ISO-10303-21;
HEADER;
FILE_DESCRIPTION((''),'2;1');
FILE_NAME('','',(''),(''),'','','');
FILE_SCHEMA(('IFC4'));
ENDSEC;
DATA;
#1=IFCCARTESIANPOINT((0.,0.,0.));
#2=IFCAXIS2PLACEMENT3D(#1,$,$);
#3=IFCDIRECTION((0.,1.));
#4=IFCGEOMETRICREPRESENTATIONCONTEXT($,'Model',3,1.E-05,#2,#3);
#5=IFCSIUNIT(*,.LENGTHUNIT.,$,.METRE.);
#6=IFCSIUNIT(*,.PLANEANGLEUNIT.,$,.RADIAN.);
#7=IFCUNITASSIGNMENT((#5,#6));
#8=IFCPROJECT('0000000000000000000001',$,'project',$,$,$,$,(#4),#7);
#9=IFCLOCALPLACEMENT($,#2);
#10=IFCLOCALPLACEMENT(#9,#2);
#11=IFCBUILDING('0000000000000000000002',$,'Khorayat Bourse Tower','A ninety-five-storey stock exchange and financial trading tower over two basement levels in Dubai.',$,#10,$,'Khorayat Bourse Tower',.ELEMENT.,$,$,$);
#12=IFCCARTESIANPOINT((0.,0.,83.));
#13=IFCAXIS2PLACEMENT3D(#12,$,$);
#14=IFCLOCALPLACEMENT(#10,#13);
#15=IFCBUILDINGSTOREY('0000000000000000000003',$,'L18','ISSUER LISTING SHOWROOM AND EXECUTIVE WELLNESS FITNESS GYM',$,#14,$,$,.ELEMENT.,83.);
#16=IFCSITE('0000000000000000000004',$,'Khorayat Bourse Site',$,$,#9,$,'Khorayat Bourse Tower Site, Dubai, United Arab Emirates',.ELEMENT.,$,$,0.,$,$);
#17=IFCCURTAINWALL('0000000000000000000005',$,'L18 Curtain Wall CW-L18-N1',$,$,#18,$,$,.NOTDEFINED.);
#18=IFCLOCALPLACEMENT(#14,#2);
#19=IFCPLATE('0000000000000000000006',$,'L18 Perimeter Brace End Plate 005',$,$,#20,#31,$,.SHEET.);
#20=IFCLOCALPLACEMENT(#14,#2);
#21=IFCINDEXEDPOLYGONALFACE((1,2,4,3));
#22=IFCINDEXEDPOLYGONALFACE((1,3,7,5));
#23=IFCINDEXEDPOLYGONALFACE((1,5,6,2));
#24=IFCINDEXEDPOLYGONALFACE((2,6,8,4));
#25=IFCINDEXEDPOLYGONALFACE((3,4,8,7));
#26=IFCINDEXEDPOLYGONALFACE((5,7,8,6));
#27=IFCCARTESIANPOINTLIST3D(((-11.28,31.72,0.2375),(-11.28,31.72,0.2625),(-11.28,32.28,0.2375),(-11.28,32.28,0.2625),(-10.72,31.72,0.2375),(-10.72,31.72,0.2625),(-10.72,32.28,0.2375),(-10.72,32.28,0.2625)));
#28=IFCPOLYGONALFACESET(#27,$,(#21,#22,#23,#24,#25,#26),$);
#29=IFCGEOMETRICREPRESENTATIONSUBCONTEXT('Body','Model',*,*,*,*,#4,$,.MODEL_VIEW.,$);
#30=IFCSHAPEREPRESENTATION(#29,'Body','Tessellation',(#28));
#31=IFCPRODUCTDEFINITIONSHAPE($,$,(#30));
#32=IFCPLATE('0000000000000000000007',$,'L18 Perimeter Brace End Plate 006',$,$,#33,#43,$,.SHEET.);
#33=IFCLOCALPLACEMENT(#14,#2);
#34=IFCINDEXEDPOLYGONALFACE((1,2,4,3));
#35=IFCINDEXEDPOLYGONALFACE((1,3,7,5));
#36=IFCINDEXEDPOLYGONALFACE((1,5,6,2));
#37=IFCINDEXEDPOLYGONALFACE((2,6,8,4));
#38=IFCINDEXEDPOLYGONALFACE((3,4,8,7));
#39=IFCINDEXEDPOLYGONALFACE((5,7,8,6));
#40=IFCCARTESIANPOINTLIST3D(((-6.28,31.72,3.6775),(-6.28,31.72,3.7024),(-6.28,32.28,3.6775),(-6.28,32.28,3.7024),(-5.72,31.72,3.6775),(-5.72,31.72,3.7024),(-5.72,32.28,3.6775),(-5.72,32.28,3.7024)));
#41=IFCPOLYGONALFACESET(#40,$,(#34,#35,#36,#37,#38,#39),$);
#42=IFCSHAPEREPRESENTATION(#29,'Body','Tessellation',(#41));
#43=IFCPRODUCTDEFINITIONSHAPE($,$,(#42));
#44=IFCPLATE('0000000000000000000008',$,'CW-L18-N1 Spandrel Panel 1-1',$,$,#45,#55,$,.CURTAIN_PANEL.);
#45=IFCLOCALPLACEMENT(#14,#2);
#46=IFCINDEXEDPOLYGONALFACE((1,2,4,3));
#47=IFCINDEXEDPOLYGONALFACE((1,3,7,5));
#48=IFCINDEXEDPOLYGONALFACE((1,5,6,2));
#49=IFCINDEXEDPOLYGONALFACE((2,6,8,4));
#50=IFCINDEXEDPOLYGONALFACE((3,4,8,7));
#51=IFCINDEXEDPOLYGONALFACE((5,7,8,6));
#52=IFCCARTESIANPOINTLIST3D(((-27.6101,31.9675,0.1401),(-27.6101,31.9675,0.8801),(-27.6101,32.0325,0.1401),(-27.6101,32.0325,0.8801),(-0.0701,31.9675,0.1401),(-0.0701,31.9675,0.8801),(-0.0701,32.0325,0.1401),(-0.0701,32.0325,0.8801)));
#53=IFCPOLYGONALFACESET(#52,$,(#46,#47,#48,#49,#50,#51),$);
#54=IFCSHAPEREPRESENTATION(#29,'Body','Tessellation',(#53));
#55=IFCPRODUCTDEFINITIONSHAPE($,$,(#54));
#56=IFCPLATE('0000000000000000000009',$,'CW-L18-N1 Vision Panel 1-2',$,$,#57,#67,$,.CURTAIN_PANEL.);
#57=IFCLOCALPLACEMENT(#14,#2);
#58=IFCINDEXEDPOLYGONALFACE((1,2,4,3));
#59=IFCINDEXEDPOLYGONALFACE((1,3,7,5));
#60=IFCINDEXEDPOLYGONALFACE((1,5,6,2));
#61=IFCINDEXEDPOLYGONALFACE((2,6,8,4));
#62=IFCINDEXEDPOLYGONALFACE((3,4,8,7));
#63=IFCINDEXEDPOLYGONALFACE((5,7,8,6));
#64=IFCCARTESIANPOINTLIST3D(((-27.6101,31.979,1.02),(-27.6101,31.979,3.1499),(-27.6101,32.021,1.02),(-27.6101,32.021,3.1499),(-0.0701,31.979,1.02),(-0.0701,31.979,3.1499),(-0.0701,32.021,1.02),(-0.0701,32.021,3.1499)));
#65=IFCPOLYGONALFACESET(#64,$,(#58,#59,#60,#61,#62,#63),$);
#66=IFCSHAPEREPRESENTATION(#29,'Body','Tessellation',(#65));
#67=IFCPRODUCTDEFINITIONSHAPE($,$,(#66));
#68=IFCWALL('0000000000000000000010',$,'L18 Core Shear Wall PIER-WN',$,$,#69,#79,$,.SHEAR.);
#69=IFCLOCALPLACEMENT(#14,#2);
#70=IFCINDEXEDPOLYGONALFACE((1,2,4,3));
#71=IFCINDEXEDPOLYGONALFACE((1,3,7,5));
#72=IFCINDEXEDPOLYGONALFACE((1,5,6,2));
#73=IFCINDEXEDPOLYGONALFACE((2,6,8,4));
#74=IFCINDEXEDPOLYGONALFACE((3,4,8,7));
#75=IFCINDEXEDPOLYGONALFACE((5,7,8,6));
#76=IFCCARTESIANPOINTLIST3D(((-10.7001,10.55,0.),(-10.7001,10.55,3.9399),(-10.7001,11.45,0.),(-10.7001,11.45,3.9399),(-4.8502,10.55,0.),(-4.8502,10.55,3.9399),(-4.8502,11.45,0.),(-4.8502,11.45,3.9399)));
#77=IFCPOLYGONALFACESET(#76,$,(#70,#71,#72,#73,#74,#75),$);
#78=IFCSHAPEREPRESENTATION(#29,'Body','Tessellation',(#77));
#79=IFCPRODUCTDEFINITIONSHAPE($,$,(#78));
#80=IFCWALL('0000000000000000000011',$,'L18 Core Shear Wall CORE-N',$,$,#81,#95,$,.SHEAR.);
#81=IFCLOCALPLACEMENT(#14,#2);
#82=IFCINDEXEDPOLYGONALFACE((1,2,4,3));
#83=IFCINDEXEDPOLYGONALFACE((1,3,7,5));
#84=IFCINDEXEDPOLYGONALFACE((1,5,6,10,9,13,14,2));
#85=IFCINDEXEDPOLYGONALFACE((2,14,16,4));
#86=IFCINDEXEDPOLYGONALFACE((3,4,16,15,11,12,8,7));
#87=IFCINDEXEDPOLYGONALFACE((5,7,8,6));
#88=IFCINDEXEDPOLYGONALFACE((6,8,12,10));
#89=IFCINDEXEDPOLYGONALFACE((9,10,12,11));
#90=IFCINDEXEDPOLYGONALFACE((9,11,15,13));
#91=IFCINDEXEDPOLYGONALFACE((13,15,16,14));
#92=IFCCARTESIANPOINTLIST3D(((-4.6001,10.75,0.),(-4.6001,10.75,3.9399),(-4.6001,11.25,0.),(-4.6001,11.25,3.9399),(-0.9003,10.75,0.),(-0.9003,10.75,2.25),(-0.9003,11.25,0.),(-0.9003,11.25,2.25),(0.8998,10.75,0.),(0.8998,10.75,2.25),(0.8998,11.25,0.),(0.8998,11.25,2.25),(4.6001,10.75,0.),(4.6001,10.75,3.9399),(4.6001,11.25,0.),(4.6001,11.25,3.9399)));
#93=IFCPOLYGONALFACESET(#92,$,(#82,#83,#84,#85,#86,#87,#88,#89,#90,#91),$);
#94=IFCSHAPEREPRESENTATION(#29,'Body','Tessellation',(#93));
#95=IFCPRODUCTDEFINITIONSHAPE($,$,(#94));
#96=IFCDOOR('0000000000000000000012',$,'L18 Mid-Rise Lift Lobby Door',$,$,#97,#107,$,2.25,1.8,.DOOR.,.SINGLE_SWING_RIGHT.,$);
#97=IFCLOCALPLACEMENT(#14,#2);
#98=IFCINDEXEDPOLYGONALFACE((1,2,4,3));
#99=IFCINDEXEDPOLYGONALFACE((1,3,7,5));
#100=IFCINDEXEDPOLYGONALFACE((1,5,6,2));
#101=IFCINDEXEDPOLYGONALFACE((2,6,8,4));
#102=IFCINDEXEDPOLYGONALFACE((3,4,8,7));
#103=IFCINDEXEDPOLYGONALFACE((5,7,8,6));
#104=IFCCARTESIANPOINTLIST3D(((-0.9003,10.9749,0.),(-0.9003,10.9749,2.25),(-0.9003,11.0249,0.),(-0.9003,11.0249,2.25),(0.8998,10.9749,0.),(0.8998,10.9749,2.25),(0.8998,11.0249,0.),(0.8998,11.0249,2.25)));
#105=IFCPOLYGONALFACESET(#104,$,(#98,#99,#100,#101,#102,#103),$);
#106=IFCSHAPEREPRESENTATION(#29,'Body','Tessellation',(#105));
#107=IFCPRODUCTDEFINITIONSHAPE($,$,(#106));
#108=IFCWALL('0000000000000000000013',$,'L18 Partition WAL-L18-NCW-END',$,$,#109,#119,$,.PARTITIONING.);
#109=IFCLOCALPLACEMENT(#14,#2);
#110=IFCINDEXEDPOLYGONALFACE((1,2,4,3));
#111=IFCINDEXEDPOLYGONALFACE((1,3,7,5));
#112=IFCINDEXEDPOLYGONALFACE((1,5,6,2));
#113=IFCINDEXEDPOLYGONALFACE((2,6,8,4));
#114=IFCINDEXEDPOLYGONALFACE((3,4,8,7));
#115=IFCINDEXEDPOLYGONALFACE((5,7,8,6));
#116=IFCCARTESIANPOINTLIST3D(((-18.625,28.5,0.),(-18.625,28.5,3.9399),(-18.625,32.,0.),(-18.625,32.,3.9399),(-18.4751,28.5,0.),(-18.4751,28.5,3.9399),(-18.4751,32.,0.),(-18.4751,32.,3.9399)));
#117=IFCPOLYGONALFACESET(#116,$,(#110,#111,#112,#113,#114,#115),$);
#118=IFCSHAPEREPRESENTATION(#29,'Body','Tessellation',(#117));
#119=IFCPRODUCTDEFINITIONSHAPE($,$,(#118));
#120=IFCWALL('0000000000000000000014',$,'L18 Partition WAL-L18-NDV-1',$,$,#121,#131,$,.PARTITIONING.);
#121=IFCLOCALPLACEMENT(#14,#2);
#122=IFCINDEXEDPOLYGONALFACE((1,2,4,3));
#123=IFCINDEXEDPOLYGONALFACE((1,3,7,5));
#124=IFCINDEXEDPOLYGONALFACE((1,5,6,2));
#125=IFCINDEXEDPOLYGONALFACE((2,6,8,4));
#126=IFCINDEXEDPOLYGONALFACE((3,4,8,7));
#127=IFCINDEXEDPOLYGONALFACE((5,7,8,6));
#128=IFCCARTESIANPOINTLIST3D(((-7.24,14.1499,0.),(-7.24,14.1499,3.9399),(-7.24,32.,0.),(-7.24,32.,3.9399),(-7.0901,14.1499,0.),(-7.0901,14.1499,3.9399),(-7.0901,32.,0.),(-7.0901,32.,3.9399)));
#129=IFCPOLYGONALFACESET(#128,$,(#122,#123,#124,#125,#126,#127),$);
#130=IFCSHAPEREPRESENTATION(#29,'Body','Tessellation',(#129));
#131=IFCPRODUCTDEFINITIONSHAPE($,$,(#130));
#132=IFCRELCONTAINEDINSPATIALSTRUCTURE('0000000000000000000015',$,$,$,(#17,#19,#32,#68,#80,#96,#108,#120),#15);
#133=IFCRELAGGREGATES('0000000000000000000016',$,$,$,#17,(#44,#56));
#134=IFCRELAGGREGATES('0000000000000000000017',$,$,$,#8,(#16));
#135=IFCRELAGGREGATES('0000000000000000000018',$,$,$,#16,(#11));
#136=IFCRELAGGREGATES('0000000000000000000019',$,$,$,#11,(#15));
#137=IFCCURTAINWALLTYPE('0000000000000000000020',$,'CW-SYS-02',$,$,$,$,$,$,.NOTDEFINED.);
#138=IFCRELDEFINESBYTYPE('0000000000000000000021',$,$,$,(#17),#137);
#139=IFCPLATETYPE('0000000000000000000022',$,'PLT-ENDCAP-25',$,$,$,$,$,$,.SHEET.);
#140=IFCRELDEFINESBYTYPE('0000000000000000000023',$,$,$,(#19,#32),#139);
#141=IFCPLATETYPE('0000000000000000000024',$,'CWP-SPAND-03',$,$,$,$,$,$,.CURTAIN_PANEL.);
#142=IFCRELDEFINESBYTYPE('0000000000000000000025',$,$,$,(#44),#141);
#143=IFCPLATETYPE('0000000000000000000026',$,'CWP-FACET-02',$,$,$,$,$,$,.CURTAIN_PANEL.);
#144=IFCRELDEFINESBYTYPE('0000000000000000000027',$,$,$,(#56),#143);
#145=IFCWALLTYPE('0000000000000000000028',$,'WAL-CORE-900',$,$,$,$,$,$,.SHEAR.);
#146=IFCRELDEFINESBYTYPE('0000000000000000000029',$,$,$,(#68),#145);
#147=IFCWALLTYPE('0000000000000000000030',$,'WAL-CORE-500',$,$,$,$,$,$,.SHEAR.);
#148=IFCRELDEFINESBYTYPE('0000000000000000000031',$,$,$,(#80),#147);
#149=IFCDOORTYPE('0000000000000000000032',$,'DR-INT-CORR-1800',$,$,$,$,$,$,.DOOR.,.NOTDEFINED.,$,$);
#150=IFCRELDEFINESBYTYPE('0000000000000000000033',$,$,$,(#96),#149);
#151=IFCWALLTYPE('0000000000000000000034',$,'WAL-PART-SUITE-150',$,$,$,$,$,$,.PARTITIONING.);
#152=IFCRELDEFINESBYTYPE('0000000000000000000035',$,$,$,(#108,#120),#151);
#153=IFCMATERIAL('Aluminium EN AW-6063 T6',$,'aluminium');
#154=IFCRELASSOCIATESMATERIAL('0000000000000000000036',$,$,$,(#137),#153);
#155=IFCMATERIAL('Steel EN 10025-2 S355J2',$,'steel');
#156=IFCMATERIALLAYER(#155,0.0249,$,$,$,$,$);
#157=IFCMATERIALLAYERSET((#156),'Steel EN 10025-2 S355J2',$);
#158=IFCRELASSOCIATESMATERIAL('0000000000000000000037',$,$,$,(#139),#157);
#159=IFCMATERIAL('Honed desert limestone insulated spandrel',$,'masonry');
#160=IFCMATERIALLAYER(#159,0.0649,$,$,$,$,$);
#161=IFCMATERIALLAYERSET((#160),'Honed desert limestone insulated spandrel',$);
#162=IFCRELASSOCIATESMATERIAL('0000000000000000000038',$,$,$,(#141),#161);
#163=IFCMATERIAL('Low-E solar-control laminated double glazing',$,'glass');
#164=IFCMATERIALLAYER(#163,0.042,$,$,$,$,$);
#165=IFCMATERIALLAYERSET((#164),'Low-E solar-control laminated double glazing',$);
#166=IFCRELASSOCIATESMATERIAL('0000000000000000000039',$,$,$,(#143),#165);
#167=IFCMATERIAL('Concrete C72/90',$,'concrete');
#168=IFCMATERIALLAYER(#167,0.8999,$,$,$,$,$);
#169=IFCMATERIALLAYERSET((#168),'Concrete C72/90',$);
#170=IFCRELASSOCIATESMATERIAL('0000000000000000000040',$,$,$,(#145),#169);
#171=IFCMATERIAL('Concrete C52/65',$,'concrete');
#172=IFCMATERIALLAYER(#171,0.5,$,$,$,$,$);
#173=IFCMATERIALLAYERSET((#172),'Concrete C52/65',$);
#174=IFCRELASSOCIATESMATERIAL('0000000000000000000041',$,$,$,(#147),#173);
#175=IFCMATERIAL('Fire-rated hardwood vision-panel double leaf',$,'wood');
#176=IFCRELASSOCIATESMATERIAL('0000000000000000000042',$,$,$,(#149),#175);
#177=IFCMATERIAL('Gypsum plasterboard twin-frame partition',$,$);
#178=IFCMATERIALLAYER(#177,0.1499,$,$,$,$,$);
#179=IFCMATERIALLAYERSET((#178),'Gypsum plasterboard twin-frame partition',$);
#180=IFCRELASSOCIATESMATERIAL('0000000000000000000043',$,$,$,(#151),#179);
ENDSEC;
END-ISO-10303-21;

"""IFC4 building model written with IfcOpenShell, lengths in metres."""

from ifc_helpers import new_model, si_unit, direction, frame, frame_2d, origin, origin_2d, place, context, subcontext, project, spatial, rectangle, extrude, source, transform, mapped, material, layer, layer_set, type_object, element, fill, aggregate, save


model = new_model("IFC4")

# Units and contexts
model_context = context("Model", 3, precision=1e-05, world=origin(), true_north=direction((0.0, 1.0)))
body_context = subcontext(model_context, "Body", "Model", "MODEL_VIEW")
ifc_project = project(units=[si_unit("LENGTHUNIT", "METRE"), si_unit("PLANEANGLEUNIT", "RADIAN")], contexts=[model_context])

# Site, building, storey
site_placement = place(None, origin())
site = spatial("IfcSite", under=ifc_project, at=site_placement, Name="Khorayat Bourse Site", LongName="Khorayat Bourse Tower Site, Dubai, United Arab Emirates", CompositionType="ELEMENT", RefElevation=0.0)
building_placement = place(site_placement, origin())
building = spatial("IfcBuilding", under=site, at=building_placement, Name="Khorayat Bourse Tower", Description="A ninety-five-storey stock exchange and financial trading tower over two basement levels in Dubai.", LongName="Khorayat Bourse Tower", CompositionType="ELEMENT")
storey_placement = place(building_placement, frame((0.0, 0.0, 83.0)))
storey = spatial("IfcBuildingStorey", under=building, at=storey_placement, Name="L18", Description="ISSUER LISTING SHOWROOM AND EXECUTIVE WELLNESS FITNESS GYM", CompositionType="ELEMENT", Elevation=83.0)

# Shared definitions
ifc_material_1 = material(Name="Concrete C72/90", Category="concrete")

# Curtain wall
ifc_material_2 = material(Name="Aluminium EN AW-6063 T6", Category="aluminium")
curtain_wall_type = type_object("IfcCurtainWallType", Name="CW-SYS-02", PredefinedType="NOTDEFINED", material=ifc_material_2)
curtain_wall_placement = place(storey_placement, origin())
curtain_wall = element("IfcCurtainWall", 1, at=curtain_wall_placement, inside=storey, type_object=curtain_wall_type, Name="L18 Curtain Wall CW-L18-N1", PredefinedType="NOTDEFINED")

# Plates
ifc_material_3 = material(Name="Steel EN 10025-2 S355J2", Category="steel")
ifc_layer_1 = layer(ifc_material_3, 0.0249)
ifc_layer_set_1 = layer_set([ifc_layer_1], Name="Steel EN 10025-2 S355J2")
plate_type_1 = type_object("IfcPlateType", Name="PLT-ENDCAP-25", PredefinedType="SHEET", material=ifc_layer_set_1)
shared_shape_1 = source(origin(), body_context, "Body", "SweptSolid", [
    extrude(rectangle(XDim=0.5601, YDim=0.5601, at=origin_2d()), origin(), (0.0, 0.0, 1.0), 0.0249),
])
for number, where, z_axis, x_axis, name in (
    (2, (-11.0, 32.0, 0.2375), (0.0, 0.0, 1.0), (1.0, 0.0, 0.0), "L18 Perimeter Brace End Plate 005"),
    (3, (-6.0, 32.0, 3.6775), (0.0, 0.0, 1.0), (1.0, 0.0, 0.0), "L18 Perimeter Brace End Plate 006"),
):
    element("IfcPlate", number, at=place(storey_placement, frame(where, z_axis=z_axis, x_axis=x_axis)), inside=storey, type_object=plate_type_1, Name=name, PredefinedType="SHEET", context=body_context, shape_type="MappedRepresentation", body=[
        mapped(shared_shape_1, transform((0.0, 0.0, 0.0), scale=1.0)),
    ])

# Plates
ifc_material_4 = material(Name="Honed desert limestone insulated spandrel", Category="masonry")
ifc_layer_2 = layer(ifc_material_4, 0.0649)
ifc_layer_set_2 = layer_set([ifc_layer_2], Name="Honed desert limestone insulated spandrel")
plate_type_2 = type_object("IfcPlateType", Name="CWP-SPAND-03", PredefinedType="CURTAIN_PANEL", material=ifc_layer_set_2)
shared_shape_2 = source(origin(), body_context, "Body", "SweptSolid", [
    extrude(rectangle(XDim=27.54, YDim=0.0649, at=origin_2d()), origin(), (0.0, 0.0, 1.0), 0.74),
])
plate_1_placement = place(storey_placement, frame((-13.8401, 32.0, 0.1401), z_axis=(0.0, 0.0, 1.0), x_axis=(1.0, 0.0, 0.0)))
plate_1 = element("IfcPlate", 4, at=plate_1_placement, type_object=plate_type_2, Name="CW-L18-N1 Spandrel Panel 1-1", PredefinedType="CURTAIN_PANEL", context=body_context, shape_type="MappedRepresentation", body=[
    mapped(shared_shape_2, transform((0.0, 0.0, 0.0), scale=1.0)),
])
ifc_material_5 = material(Name="Low-E solar-control laminated double glazing", Category="glass")
ifc_layer_3 = layer(ifc_material_5, 0.042)
ifc_layer_set_3 = layer_set([ifc_layer_3], Name="Low-E solar-control laminated double glazing")
plate_type_3 = type_object("IfcPlateType", Name="CWP-FACET-02", PredefinedType="CURTAIN_PANEL", material=ifc_layer_set_3)
shared_shape_3 = source(origin(), body_context, "Body", "SweptSolid", [
    extrude(rectangle(XDim=27.54, YDim=0.042, at=origin_2d()), origin(), (0.0, 0.0, 1.0), 2.1299),
])
plate_2_placement = place(storey_placement, frame((-13.8401, 32.0, 1.02), z_axis=(0.0, 0.0, 1.0), x_axis=(1.0, 0.0, 0.0)))
plate_2 = element("IfcPlate", 5, at=plate_2_placement, type_object=plate_type_3, Name="CW-L18-N1 Vision Panel 1-2", PredefinedType="CURTAIN_PANEL", context=body_context, shape_type="MappedRepresentation", body=[
    mapped(shared_shape_3, transform((0.0, 0.0, 0.0), scale=1.0)),
])
aggregate(curtain_wall, [plate_1, plate_2])

# Wall
ifc_layer_4 = layer(ifc_material_1, 0.8999)
ifc_layer_set_4 = layer_set([ifc_layer_4], Name="Concrete C72/90")
wall_type_1 = type_object("IfcWallType", Name="WAL-CORE-900", PredefinedType="SHEAR", material=ifc_layer_set_4)
shared_shape_4 = source(origin(), body_context, "Body", "SweptSolid", [
    extrude(rectangle(XDim=5.8499, YDim=0.8999, at=frame_2d((2.9248, 0.0))), origin(), (0.0, 0.0, 1.0), 3.9399),
])
wall_1_placement = place(storey_placement, frame((-10.7, 11.0, 0.0), z_axis=(0.0, 0.0, 1.0), x_axis=(1.0, 0.0, 0.0)))
element("IfcWall", 6, at=wall_1_placement, inside=storey, type_object=wall_type_1, Name="L18 Core Shear Wall PIER-WN", PredefinedType="SHEAR", context=body_context, shape_type="MappedRepresentation", body=[
    mapped(shared_shape_4, transform((0.0, 0.0, 0.0), scale=1.0)),
])

# Wall, opening, door
ifc_material_6 = material(Name="Concrete C52/65", Category="concrete")
ifc_layer_5 = layer(ifc_material_6, 0.5)
ifc_layer_set_5 = layer_set([ifc_layer_5], Name="Concrete C52/65")
wall_type_2 = type_object("IfcWallType", Name="WAL-CORE-500", PredefinedType="SHEAR", material=ifc_layer_set_5)
shared_shape_5 = source(origin(), body_context, "Body", "SweptSolid", [
    extrude(rectangle(XDim=9.2002, YDim=0.5, at=frame_2d((4.6001, 0.0))), origin(), (0.0, 0.0, 1.0), 3.9399),
])
wall_2_placement = place(storey_placement, frame((-4.6001, 11.0, 0.0), z_axis=(0.0, 0.0, 1.0), x_axis=(1.0, 0.0, 0.0)))
wall_2 = element("IfcWall", 7, at=wall_2_placement, inside=storey, type_object=wall_type_2, Name="L18 Core Shear Wall CORE-N", PredefinedType="SHEAR", context=body_context, shape_type="MappedRepresentation", body=[
    mapped(shared_shape_5, transform((0.0, 0.0, 0.0), scale=1.0)),
])
shared_shape_6 = source(origin(), body_context, "Body", "SweptSolid", [
    extrude(rectangle(XDim=1.8, YDim=2.25, at=frame_2d((0.8999, 1.125))), frame((0.0, 0.26, 0.0), z_axis=(0.0, -1.0, 0.0), x_axis=(1.0, 0.0, 0.0)), (0.0, 0.0, 1.0), 0.52),
])
opening_1_placement = place(wall_2_placement, frame((3.7, 0.0, 0.0)))
opening_1 = element("IfcOpeningElement", 8, at=opening_1_placement, cuts=wall_2, PredefinedType="OPENING", context=body_context, shape_type="MappedRepresentation", body=[
    mapped(shared_shape_6, transform((0.0, 0.0, 0.0), scale=1.0)),
])
ifc_material_7 = material(Name="Fire-rated hardwood vision-panel double leaf", Category="wood")
door_type_1 = type_object("IfcDoorType", Name="DR-INT-CORR-1800", OperationType="NOTDEFINED", PredefinedType="DOOR", material=ifc_material_7)
shared_shape_7 = source(origin(), body_context, "Body", "SweptSolid", [
    extrude(rectangle(XDim=1.8, YDim=2.25, at=frame_2d((0.8999, 1.125))), frame((0.0, 0.0249, 0.0), z_axis=(0.0, -1.0, 0.0), x_axis=(1.0, 0.0, 0.0)), (0.0, 0.0, 1.0), 0.05),
])
door_1_placement = place(opening_1_placement, origin())
door_1 = element("IfcDoor", 9, at=door_1_placement, inside=storey, type_object=door_type_1, Name="L18 Mid-Rise Lift Lobby Door", OperationType="SINGLE_SWING_RIGHT", OverallHeight=2.25, OverallWidth=1.8, PredefinedType="DOOR", context=body_context, shape_type="MappedRepresentation", body=[
    mapped(shared_shape_7, transform((0.0, 0.0, 0.0), scale=1.0)),
])
fill(opening_1, door_1)

# Walls
ifc_material_8 = material(Name="Gypsum plasterboard twin-frame partition")
ifc_layer_6 = layer(ifc_material_8, 0.1499)
ifc_layer_set_6 = layer_set([ifc_layer_6], Name="Gypsum plasterboard twin-frame partition")
wall_type_3 = type_object("IfcWallType", Name="WAL-PART-SUITE-150", PredefinedType="PARTITIONING", material=ifc_layer_set_6)
shared_shape_8 = source(origin(), body_context, "Body", "SweptSolid", [
    extrude(rectangle(XDim=3.5, YDim=0.1499, at=frame_2d((1.75, 0.0))), origin(), (0.0, 0.0, 1.0), 3.9399),
])
wall_3_placement = place(storey_placement, frame((-18.55, 28.5, 0.0), z_axis=(0.0, 0.0, 1.0), x_axis=(0.0, 1.0, 0.0)))
element("IfcWall", 10, at=wall_3_placement, inside=storey, type_object=wall_type_3, Name="L18 Partition WAL-L18-NCW-END", PredefinedType="PARTITIONING", context=body_context, shape_type="MappedRepresentation", body=[
    mapped(shared_shape_8, transform((0.0, 0.0, 0.0), scale=1.0)),
])
shared_shape_9 = source(origin(), body_context, "Body", "SweptSolid", [
    extrude(rectangle(XDim=17.8501, YDim=0.1499, at=frame_2d((8.925, 0.0))), origin(), (0.0, 0.0, 1.0), 3.9399),
])
wall_4_placement = place(storey_placement, frame((-7.165, 14.1499, 0.0), z_axis=(0.0, 0.0, 1.0), x_axis=(0.0, 1.0, 0.0)))
element("IfcWall", 11, at=wall_4_placement, inside=storey, type_object=wall_type_3, Name="L18 Partition WAL-L18-NDV-1", PredefinedType="PARTITIONING", context=body_context, shape_type="MappedRepresentation", body=[
    mapped(shared_shape_9, transform((0.0, 0.0, 0.0), scale=1.0)),
])

save(model, "model.ifc")
